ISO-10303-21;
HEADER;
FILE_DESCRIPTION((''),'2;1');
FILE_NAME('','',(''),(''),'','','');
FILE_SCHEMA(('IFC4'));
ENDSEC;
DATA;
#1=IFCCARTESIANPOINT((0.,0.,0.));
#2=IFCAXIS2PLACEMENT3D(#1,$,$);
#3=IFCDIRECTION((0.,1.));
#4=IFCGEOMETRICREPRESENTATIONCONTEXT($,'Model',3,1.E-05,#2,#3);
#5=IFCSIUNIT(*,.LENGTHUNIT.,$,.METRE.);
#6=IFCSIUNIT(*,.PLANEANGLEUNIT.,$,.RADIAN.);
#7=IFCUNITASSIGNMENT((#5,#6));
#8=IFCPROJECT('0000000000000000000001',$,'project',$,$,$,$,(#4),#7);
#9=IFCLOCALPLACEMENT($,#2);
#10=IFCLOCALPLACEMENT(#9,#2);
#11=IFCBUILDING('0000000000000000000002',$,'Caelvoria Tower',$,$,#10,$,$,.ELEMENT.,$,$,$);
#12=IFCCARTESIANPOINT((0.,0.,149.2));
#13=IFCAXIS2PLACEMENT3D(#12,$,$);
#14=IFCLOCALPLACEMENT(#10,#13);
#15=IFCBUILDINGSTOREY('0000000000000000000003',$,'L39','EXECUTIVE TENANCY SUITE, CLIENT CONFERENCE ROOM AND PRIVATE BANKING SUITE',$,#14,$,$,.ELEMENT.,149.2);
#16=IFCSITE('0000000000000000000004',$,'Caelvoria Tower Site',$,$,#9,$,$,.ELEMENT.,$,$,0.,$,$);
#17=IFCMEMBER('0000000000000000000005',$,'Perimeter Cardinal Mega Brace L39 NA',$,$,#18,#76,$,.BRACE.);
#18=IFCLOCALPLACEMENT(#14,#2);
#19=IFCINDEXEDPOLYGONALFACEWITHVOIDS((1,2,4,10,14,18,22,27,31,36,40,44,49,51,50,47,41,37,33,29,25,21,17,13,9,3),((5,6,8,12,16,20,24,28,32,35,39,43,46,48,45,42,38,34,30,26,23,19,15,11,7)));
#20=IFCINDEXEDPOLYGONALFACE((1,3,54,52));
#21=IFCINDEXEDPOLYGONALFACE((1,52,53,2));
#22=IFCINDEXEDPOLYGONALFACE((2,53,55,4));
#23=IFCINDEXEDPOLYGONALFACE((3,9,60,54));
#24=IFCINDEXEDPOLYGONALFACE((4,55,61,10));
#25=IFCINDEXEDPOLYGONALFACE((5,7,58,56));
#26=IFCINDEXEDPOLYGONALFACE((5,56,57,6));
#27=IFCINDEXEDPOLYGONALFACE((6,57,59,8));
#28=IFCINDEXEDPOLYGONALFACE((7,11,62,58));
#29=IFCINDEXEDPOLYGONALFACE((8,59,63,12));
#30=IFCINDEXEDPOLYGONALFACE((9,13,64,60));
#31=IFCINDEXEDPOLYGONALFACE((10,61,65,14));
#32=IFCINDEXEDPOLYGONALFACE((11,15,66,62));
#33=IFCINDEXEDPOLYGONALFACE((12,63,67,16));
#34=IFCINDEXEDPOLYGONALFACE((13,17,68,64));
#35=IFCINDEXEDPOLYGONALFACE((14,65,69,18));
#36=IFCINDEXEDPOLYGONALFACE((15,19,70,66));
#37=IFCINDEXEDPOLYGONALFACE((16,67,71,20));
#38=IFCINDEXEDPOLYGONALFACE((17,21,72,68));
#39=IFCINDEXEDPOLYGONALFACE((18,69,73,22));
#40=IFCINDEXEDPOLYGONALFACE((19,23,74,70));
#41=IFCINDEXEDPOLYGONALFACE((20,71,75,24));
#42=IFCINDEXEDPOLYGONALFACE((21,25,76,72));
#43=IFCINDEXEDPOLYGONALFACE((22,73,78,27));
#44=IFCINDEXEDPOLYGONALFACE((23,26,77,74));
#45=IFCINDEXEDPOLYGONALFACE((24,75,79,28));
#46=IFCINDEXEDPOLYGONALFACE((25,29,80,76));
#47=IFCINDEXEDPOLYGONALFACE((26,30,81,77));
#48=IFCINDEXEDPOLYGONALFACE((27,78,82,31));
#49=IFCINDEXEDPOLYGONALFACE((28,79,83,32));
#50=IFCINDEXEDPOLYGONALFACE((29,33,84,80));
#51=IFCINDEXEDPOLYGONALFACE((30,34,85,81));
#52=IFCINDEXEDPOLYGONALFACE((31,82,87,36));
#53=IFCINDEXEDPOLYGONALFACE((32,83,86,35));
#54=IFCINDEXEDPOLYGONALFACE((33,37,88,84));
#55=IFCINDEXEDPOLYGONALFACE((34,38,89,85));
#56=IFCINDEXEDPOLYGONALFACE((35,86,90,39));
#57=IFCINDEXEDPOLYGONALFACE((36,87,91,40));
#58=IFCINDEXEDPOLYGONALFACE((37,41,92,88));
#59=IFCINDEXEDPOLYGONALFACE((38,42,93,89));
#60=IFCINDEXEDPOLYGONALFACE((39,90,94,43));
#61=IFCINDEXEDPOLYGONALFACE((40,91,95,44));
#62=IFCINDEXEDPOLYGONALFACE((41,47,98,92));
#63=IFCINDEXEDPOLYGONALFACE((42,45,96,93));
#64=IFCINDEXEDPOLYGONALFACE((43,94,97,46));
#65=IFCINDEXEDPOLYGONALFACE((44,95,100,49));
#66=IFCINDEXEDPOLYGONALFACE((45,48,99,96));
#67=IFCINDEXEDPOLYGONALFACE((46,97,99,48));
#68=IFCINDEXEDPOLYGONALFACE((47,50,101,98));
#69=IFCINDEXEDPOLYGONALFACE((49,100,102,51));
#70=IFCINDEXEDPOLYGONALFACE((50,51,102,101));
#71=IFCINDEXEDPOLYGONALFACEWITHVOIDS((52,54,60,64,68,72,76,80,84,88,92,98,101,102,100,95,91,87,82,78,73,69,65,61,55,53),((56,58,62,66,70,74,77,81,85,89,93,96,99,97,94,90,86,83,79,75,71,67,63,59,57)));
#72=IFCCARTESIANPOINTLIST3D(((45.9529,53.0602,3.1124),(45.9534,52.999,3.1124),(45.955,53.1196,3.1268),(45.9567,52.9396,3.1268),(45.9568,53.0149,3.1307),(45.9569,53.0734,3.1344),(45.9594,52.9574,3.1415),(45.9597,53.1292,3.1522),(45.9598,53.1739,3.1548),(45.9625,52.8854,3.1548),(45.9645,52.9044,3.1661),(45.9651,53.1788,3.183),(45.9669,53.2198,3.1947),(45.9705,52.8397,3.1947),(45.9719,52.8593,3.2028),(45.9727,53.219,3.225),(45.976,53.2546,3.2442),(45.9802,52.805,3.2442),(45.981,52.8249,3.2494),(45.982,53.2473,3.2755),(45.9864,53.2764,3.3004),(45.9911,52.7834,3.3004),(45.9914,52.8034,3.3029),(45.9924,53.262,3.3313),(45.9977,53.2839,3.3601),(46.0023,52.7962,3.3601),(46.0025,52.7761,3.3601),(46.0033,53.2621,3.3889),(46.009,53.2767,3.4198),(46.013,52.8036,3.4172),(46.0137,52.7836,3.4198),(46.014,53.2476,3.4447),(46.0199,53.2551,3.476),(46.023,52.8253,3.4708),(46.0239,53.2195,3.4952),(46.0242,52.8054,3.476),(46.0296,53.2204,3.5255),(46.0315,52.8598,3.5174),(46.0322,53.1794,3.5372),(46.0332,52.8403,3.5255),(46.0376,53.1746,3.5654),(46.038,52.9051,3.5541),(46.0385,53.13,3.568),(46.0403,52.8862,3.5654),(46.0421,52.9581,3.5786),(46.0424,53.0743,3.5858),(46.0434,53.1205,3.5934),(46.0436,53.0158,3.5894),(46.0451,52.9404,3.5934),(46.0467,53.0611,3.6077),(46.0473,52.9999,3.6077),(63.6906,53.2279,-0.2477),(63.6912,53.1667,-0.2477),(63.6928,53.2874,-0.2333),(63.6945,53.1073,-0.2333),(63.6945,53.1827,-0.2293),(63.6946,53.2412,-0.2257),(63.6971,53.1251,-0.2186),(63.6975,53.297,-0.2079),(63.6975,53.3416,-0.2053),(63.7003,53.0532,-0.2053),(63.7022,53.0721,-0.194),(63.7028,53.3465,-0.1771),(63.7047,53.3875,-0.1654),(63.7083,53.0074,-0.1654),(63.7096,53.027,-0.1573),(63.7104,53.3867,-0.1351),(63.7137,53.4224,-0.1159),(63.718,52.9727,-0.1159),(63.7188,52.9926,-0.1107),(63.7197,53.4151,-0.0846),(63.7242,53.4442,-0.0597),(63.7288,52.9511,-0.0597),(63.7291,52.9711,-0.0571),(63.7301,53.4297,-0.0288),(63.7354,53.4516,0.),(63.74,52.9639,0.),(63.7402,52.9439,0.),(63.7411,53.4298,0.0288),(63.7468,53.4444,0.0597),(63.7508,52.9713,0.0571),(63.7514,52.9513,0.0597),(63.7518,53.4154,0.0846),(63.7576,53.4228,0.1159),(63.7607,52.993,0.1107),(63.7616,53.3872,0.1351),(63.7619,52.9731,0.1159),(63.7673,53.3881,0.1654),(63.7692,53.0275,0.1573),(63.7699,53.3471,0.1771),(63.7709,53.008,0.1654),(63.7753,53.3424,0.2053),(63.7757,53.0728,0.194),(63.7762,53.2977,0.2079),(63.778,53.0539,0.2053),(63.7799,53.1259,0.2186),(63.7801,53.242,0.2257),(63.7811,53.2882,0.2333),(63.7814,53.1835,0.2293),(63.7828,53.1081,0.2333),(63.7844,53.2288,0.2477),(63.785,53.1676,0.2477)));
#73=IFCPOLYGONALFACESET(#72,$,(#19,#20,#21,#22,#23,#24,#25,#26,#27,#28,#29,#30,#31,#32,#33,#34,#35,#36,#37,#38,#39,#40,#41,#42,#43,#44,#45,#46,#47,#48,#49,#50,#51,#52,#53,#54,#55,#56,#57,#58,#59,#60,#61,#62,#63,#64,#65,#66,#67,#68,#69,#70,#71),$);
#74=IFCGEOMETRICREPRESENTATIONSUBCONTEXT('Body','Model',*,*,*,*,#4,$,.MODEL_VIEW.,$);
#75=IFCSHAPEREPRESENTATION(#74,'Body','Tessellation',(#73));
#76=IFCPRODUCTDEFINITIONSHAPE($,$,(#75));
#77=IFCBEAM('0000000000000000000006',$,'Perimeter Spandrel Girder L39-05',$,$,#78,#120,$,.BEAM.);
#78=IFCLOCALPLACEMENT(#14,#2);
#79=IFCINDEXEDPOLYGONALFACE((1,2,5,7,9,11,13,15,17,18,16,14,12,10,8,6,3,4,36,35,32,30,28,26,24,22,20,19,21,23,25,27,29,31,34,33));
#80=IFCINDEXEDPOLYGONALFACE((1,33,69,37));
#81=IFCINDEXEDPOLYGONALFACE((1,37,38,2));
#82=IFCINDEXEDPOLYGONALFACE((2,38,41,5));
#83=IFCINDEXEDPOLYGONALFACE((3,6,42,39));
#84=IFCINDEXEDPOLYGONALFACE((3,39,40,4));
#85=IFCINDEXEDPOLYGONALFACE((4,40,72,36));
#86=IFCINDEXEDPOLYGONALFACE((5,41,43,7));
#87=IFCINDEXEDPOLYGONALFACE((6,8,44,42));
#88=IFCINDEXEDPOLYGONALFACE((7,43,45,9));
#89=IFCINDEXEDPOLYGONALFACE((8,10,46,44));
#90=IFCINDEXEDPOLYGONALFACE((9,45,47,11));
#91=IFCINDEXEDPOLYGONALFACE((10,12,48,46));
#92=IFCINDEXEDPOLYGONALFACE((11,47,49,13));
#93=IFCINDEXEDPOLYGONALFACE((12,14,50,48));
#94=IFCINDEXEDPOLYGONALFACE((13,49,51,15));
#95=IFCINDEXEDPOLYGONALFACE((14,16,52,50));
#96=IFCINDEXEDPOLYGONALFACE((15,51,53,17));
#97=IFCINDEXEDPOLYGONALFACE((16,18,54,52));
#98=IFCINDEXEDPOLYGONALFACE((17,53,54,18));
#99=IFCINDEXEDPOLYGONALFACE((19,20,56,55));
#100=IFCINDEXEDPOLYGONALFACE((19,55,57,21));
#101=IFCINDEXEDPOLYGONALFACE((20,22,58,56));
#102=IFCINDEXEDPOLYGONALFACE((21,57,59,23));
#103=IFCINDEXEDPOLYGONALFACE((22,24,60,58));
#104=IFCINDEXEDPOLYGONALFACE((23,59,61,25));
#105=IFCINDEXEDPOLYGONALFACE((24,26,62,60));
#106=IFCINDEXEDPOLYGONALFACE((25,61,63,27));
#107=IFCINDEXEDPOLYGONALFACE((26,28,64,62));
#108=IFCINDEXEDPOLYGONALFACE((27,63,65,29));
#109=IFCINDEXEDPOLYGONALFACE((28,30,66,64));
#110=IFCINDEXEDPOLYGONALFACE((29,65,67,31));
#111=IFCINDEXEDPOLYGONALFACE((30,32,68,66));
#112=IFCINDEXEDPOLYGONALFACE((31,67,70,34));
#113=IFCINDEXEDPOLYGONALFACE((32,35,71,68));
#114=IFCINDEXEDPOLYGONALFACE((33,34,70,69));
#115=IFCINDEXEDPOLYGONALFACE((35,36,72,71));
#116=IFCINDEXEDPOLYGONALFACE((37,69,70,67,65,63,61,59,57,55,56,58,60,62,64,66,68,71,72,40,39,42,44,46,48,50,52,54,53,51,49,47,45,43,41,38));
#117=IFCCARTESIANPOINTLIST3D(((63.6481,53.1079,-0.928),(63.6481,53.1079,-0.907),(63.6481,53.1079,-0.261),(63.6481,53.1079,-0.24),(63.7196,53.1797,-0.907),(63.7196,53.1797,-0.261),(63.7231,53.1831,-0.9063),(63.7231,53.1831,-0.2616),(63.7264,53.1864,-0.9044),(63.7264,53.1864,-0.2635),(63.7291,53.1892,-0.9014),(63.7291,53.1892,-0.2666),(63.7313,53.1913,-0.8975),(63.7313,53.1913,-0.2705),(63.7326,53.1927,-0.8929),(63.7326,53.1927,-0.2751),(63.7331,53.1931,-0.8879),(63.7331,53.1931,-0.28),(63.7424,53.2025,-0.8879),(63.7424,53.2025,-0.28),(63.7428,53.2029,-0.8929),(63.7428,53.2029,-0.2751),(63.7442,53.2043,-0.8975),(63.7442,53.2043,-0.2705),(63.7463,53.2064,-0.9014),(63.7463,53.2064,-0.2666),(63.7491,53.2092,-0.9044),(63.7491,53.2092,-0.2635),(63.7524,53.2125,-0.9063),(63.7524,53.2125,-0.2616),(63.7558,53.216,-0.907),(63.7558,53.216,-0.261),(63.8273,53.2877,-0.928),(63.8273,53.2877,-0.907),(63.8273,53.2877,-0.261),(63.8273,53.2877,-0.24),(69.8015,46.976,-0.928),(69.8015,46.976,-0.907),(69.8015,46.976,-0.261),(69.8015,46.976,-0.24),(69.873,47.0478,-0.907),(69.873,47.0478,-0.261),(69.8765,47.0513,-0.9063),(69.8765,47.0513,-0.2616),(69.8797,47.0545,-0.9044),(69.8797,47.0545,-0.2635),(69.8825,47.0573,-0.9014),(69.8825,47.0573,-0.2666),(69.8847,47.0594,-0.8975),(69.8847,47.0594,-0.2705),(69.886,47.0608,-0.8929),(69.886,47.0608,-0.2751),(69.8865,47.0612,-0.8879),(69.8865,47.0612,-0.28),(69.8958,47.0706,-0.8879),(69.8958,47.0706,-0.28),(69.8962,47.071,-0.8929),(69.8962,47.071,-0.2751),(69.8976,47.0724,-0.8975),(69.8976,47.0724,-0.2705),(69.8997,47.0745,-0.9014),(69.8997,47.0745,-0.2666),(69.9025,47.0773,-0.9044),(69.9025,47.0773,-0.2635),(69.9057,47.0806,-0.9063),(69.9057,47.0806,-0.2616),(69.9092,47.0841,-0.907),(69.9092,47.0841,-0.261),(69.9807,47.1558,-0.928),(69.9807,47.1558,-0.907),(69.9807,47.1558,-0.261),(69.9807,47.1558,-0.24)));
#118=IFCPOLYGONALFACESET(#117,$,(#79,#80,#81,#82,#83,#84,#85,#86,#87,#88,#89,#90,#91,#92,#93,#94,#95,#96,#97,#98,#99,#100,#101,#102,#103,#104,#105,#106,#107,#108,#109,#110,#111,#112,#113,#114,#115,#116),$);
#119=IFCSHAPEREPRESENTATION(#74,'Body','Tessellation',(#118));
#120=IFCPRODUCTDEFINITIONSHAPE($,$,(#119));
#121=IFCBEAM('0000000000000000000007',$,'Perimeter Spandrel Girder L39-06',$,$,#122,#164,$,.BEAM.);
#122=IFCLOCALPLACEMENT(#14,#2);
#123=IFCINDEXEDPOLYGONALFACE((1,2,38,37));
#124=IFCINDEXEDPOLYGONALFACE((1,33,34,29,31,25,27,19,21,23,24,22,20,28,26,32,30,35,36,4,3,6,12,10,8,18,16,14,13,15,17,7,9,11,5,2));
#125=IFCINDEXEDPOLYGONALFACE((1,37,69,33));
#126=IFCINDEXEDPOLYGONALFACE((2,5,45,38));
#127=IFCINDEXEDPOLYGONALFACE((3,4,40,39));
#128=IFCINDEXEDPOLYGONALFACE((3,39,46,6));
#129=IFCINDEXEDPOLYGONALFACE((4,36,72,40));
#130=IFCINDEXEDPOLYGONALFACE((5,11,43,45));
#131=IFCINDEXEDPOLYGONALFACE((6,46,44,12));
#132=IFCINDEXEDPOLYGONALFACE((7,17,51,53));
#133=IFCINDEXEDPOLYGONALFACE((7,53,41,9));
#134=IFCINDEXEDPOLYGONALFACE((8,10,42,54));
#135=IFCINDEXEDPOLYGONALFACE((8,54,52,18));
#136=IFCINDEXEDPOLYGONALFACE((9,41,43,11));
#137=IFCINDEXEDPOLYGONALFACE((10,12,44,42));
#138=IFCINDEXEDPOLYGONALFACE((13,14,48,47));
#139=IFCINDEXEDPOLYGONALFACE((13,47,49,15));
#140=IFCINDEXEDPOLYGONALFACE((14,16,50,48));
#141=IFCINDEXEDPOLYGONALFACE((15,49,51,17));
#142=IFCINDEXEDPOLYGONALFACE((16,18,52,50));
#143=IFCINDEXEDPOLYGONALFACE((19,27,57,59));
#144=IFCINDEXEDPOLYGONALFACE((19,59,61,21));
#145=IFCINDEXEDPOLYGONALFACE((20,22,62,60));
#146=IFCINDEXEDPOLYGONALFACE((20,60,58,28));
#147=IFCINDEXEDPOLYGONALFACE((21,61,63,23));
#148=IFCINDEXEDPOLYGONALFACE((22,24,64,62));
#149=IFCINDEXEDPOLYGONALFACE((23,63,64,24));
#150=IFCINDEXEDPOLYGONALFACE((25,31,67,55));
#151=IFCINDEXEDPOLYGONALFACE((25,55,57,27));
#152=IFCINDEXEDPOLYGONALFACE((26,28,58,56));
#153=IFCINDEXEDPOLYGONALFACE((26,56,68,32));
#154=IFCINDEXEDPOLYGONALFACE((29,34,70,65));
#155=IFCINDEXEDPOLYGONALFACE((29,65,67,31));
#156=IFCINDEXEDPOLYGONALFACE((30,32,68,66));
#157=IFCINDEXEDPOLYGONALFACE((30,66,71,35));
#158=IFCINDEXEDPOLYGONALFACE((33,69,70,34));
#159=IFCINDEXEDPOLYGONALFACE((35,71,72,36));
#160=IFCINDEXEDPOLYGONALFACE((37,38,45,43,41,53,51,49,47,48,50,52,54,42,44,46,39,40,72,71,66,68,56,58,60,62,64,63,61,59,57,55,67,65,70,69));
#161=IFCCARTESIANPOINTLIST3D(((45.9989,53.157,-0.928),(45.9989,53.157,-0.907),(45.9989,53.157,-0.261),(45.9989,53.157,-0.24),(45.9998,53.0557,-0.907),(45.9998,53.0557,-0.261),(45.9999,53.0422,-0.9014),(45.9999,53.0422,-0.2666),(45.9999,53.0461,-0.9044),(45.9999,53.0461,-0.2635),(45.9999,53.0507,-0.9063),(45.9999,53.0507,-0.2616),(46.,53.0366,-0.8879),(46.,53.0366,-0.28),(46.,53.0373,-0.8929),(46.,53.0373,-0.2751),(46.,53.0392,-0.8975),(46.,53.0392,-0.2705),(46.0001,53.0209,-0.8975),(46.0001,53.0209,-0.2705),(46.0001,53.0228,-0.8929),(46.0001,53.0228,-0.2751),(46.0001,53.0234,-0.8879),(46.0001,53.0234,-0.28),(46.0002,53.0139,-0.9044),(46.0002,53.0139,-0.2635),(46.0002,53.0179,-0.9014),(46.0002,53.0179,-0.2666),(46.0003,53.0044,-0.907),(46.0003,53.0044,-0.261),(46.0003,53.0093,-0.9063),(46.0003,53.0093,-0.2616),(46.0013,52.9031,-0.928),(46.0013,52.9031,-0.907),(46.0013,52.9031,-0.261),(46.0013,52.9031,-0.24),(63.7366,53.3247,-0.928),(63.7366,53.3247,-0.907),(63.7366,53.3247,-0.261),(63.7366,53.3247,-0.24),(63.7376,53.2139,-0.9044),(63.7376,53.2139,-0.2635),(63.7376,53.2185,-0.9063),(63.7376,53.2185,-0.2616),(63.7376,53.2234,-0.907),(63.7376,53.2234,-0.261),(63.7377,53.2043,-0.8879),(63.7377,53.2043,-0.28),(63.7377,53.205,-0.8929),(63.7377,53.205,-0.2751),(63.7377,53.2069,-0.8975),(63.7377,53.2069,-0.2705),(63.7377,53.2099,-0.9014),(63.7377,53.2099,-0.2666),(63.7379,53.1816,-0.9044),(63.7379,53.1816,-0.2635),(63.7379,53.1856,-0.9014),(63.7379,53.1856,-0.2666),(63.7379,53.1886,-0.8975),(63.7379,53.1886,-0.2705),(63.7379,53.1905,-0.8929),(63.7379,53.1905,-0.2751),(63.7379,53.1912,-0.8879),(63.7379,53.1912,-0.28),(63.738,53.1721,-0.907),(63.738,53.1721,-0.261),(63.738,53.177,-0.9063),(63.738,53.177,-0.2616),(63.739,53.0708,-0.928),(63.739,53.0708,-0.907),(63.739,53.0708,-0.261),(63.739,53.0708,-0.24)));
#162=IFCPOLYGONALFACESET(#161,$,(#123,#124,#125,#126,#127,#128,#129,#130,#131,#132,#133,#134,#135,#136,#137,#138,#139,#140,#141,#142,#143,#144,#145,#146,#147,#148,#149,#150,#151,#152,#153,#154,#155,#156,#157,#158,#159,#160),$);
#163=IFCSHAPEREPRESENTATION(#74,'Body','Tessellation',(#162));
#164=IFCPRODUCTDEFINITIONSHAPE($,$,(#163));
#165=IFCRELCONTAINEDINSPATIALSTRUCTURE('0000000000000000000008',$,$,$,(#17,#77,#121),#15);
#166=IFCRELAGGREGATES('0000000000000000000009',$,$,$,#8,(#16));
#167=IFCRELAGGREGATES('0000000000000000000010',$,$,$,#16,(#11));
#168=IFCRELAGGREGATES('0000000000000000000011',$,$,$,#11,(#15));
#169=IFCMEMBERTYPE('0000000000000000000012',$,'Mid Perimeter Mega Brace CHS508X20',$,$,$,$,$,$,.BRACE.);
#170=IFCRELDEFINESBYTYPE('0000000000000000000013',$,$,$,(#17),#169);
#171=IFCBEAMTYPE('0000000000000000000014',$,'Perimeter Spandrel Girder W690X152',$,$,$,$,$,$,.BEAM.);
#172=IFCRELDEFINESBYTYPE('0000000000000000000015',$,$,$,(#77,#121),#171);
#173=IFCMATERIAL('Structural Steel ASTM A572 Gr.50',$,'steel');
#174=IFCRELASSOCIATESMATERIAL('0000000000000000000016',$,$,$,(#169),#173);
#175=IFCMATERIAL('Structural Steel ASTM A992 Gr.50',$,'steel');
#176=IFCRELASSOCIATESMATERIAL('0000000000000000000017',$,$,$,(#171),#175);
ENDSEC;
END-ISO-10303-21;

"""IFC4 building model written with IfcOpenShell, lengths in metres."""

from ifc_helpers import new_model, si_unit, direction, frame, origin, origin_2d, place, context, subcontext, project, spatial, hollow_circle, i_section, extrude, material, material_profile, profile_set, type_object, element, save


model = new_model("IFC4")

# Units and contexts
model_context = context("Model", 3, precision=1e-05, world=origin(), true_north=direction((0.0, 1.0)))
body_context = subcontext(model_context, "Body", "Model", "MODEL_VIEW")
ifc_project = project(units=[si_unit("LENGTHUNIT", "METRE"), si_unit("PLANEANGLEUNIT", "RADIAN")], contexts=[model_context])

# Site, building, storey
site_placement = place(None, origin())
site = spatial("IfcSite", under=ifc_project, at=site_placement, Name="Caelvoria Tower Site", CompositionType="ELEMENT", RefElevation=0.0)
building_placement = place(site_placement, origin())
building = spatial("IfcBuilding", under=site, at=building_placement, Name="Caelvoria Tower", CompositionType="ELEMENT")
storey_placement = place(building_placement, frame((0.0, 0.0, 149.2)))
storey = spatial("IfcBuildingStorey", under=building, at=storey_placement, Name="L39", Description="EXECUTIVE TENANCY SUITE, CLIENT CONFERENCE ROOM AND PRIVATE BANKING SUITE", CompositionType="ELEMENT", Elevation=149.2)

# Shared definitions
ifc_material_1 = material(Name="Structural Steel ASTM A572 Gr.50", Category="steel")

# Member
ifc_material_profile_1 = material_profile(ifc_material_1, hollow_circle(Radius=0.2539, WallThickness=0.02, at=origin_2d()), Name="Structural Steel ASTM A572 Gr.50")
ifc_profile_set_1 = profile_set([ifc_material_profile_1], Name="CHS508X20 - Structural Steel ASTM A572 Gr.50")
member_type = type_object("IfcMemberType", Name="Mid Perimeter Mega Brace CHS508X20", PredefinedType="BRACE", material=ifc_profile_set_1)
member_1_placement = place(storey_placement, frame((63.7378, 53.1978, 0.0), z_axis=(-0.982484, -0.00929, 0.186114), x_axis=(0.009455, -0.999955, 0.0)))
element("IfcMember", 1, at=member_1_placement, inside=storey, type_object=member_type, Name="Perimeter Cardinal Mega Brace L39 NA", PredefinedType="BRACE", context=body_context, shape_type="SweptSolid", body=[
    extrude(hollow_circle(Radius=0.2539, WallThickness=0.02, at=origin_2d()), origin(), (0.0, 0.0, 1.0), 18.054),
])

# Beams
ifc_material_2 = material(Name="Structural Steel ASTM A992 Gr.50", Category="steel")
ifc_material_profile_2 = material_profile(ifc_material_2, i_section(OverallWidth=0.2539, OverallDepth=0.688, WebThickness=0.0132, FlangeThickness=0.021, FilletRadius=0.019, at=origin_2d()), Name="Structural Steel ASTM A992 Gr.50")
ifc_profile_set_2 = profile_set([ifc_material_profile_2], Name="W690X152 - Structural Steel ASTM A992 Gr.50")
beam_type_1 = type_object("IfcBeamType", Name="Perimeter Spandrel Girder W690X152", PredefinedType="BEAM", material=ifc_profile_set_2)
beam_1_placement = place(storey_placement, frame((69.8911, 47.0659, -0.584), z_axis=(-0.708342, 0.705869, 0.0), x_axis=(-0.705869, -0.708342, 0.0)))
element("IfcBeam", 2, at=beam_1_placement, inside=storey, type_object=beam_type_1, Name="Perimeter Spandrel Girder L39-05", PredefinedType="BEAM", context=body_context, shape_type="SweptSolid", body=[
    extrude(i_section(OverallWidth=0.2539, OverallDepth=0.688, WebThickness=0.0132, FlangeThickness=0.021, FilletRadius=0.019, at=origin_2d()), origin(), (0.0, 0.0, 1.0), 8.687),
])
beam_2_placement = place(storey_placement, frame((63.7378, 53.1978, -0.584), z_axis=(-0.999955, -0.009455, 0.0), x_axis=(0.009455, -0.999955, 0.0)))
element("IfcBeam", 3, at=beam_2_placement, inside=storey, type_object=beam_type_1, Name="Perimeter Spandrel Girder L39-06", PredefinedType="BEAM", context=body_context, shape_type="SweptSolid", body=[
    extrude(i_section(OverallWidth=0.2539, OverallDepth=0.688, WebThickness=0.0132, FlangeThickness=0.021, FilletRadius=0.019, at=origin_2d()), origin(), (0.0, 0.0, 1.0), 17.7385),
])

save(model, "model.ifc")
